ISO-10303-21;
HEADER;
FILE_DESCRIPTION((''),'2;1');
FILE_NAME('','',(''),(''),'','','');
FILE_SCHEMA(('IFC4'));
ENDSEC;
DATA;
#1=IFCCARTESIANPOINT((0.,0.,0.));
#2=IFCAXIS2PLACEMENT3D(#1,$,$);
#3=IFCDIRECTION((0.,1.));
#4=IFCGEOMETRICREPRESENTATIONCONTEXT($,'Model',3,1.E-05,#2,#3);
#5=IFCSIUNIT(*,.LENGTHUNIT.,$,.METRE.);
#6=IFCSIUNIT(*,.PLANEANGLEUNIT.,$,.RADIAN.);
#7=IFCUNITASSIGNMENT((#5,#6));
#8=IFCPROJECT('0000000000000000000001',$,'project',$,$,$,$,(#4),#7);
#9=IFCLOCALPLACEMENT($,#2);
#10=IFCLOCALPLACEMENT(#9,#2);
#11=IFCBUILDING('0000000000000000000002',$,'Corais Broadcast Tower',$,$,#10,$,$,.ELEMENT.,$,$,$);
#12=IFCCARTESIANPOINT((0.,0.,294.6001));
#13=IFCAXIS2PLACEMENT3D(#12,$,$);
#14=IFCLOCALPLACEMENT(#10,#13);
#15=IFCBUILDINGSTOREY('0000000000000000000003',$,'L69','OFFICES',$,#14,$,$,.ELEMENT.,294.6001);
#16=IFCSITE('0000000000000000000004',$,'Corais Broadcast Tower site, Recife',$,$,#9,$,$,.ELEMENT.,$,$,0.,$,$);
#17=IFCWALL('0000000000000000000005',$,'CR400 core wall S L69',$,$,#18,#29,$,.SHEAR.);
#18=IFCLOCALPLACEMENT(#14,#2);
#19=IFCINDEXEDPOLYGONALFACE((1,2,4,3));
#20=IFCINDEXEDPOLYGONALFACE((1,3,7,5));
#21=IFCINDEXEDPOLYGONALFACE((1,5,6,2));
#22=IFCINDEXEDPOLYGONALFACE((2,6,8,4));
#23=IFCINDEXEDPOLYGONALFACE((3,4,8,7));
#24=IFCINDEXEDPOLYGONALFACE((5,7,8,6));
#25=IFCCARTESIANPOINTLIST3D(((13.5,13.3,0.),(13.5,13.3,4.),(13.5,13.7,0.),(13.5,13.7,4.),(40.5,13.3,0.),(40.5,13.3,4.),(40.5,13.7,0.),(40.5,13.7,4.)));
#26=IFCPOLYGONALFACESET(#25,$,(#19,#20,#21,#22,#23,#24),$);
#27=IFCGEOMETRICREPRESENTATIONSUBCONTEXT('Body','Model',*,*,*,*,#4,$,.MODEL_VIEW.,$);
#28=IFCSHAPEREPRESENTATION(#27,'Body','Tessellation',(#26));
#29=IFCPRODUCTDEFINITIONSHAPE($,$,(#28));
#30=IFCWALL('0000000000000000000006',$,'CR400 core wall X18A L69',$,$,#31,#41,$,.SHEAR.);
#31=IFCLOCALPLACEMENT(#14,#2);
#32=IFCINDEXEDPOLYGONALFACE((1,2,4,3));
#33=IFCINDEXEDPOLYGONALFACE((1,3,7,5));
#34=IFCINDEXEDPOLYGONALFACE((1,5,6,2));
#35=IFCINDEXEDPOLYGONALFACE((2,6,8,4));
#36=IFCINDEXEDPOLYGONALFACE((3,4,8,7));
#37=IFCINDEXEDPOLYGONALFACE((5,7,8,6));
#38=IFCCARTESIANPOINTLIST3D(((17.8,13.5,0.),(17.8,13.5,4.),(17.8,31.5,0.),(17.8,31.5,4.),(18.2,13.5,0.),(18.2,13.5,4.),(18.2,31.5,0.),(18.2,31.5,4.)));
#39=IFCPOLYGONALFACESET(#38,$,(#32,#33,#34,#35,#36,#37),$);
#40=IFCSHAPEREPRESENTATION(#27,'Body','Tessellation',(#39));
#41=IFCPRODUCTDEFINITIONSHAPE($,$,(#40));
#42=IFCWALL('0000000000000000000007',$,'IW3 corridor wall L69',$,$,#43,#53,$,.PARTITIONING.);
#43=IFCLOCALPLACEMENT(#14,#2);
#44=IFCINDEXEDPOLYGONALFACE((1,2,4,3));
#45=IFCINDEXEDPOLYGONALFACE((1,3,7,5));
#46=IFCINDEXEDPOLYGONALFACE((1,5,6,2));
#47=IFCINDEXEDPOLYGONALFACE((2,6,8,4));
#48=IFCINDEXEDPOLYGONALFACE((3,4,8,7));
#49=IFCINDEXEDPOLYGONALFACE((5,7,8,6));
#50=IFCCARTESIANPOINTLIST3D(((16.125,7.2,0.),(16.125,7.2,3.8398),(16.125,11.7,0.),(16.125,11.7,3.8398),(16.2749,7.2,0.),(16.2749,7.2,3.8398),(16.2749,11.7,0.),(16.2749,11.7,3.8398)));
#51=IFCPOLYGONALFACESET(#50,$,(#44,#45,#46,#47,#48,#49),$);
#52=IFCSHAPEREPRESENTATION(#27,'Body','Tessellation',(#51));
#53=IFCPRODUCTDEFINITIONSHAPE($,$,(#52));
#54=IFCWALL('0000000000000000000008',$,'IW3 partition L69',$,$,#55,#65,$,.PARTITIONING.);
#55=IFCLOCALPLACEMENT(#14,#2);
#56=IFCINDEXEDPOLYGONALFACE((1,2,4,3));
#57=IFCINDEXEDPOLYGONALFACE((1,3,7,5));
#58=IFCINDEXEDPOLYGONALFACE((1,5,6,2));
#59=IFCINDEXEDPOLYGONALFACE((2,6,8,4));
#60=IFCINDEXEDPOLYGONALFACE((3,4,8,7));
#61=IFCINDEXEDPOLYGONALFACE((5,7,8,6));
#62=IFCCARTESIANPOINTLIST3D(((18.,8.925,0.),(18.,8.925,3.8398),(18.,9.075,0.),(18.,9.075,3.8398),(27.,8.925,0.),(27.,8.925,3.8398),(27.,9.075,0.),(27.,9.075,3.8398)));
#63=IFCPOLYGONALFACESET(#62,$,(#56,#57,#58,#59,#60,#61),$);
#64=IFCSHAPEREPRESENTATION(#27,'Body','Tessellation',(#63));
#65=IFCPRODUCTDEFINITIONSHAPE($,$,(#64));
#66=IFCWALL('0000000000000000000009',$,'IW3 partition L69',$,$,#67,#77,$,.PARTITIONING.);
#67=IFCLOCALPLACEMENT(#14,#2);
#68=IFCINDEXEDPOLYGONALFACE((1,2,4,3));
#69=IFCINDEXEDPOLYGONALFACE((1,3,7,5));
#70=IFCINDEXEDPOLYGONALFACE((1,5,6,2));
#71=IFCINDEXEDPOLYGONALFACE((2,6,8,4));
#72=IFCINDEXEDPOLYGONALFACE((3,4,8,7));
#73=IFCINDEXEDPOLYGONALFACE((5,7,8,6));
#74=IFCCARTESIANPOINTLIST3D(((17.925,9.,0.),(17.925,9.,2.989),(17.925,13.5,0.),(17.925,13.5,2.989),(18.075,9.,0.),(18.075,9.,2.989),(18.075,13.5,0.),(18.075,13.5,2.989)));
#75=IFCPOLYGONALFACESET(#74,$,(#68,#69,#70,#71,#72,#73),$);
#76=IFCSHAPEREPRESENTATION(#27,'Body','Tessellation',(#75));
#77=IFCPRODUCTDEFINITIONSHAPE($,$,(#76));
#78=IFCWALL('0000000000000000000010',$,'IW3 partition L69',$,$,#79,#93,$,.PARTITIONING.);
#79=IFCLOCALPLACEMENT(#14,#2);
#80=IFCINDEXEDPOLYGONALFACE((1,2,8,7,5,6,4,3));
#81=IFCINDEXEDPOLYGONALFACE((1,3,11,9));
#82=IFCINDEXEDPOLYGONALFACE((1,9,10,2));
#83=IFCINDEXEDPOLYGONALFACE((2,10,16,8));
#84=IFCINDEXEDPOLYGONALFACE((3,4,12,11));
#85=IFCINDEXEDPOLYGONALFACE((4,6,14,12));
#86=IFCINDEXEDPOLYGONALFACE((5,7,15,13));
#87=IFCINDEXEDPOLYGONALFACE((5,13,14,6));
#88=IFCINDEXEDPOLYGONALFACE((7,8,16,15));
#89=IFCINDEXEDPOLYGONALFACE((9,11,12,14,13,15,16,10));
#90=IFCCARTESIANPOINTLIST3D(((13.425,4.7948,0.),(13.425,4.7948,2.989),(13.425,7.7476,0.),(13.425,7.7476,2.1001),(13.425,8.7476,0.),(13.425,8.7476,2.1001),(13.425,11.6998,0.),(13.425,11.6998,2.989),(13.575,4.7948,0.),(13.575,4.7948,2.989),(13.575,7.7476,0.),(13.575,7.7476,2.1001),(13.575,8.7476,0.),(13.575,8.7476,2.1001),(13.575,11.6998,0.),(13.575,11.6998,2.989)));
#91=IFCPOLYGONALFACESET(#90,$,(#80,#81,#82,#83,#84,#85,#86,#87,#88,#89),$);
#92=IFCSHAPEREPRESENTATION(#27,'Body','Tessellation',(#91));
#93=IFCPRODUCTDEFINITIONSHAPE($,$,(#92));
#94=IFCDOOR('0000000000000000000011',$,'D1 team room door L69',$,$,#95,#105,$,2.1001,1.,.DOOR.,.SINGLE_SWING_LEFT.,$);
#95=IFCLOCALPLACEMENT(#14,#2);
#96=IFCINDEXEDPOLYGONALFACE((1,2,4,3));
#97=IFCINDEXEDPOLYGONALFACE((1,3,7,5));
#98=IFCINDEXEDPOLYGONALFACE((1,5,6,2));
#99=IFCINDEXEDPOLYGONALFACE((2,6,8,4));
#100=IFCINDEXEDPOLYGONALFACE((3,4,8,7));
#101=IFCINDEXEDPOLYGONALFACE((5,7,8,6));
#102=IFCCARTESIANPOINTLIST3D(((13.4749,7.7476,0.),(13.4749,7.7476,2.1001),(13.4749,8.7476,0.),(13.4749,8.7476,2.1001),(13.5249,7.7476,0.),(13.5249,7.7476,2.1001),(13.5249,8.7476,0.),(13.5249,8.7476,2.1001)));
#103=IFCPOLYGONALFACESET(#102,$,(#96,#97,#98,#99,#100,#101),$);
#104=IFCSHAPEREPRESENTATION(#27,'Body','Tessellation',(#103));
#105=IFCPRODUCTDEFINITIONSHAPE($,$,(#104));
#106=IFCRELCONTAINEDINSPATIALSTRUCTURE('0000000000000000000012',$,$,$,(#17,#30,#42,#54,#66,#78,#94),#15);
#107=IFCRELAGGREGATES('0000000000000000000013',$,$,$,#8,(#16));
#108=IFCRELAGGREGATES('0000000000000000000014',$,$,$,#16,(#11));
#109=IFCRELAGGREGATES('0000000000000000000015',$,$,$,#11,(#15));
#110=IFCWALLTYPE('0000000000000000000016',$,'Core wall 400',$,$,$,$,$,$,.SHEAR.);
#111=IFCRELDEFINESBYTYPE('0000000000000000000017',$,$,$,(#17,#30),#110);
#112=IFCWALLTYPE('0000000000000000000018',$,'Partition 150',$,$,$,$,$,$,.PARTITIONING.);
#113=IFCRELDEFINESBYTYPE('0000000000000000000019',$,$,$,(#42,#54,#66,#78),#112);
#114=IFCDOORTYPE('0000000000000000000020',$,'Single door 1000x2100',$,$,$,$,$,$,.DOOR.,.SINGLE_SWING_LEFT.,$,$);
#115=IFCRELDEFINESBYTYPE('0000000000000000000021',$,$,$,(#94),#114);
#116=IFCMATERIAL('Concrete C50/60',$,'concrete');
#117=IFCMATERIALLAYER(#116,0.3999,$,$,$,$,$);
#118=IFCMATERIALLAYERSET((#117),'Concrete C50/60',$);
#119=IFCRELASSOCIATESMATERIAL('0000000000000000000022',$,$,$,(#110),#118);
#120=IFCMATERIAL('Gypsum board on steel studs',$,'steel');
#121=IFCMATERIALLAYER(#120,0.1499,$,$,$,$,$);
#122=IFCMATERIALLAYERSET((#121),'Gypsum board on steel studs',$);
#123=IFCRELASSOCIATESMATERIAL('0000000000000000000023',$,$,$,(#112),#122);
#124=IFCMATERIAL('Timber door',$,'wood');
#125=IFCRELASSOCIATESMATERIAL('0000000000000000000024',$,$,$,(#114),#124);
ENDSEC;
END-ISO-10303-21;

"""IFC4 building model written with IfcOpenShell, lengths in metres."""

from ifc_helpers import new_model, si_unit, direction, frame, frame_2d, origin, place, context, subcontext, project, spatial, rectangle, extrude, material, layer, layer_set, type_object, element, fill, save


model = new_model("IFC4")

# Units and contexts
model_context = context("Model", 3, precision=1e-05, world=origin(), true_north=direction((0.0, 1.0)))
body_context = subcontext(model_context, "Body", "Model", "MODEL_VIEW")
ifc_project = project(units=[si_unit("LENGTHUNIT", "METRE"), si_unit("PLANEANGLEUNIT", "RADIAN")], contexts=[model_context])

# Site, building, storey
site_placement = place(None, origin())
site = spatial("IfcSite", under=ifc_project, at=site_placement, Name="Corais Broadcast Tower site, Recife", CompositionType="ELEMENT", RefElevation=0.0)
building_placement = place(site_placement, origin())
building = spatial("IfcBuilding", under=site, at=building_placement, Name="Corais Broadcast Tower", CompositionType="ELEMENT")
storey_placement = place(building_placement, frame((0.0, 0.0, 294.6001)))
storey = spatial("IfcBuildingStorey", under=building, at=storey_placement, Name="L69", Description="OFFICES", CompositionType="ELEMENT", Elevation=294.6001)

# Walls
ifc_material_1 = material(Name="Concrete C50/60", Category="concrete")
ifc_layer_1 = layer(ifc_material_1, 0.3999)
ifc_layer_set_1 = layer_set([ifc_layer_1], Name="Concrete C50/60")
wall_type_1 = type_object("IfcWallType", Name="Core wall 400", PredefinedType="SHEAR", material=ifc_layer_set_1)
wall_1_placement = place(storey_placement, frame((13.5, 13.5, 0.0), z_axis=(0.0, 0.0, 1.0), x_axis=(1.0, 0.0, 0.0)))
element("IfcWall", 1, at=wall_1_placement, inside=storey, type_object=wall_type_1, Name="CR400 core wall S L69", PredefinedType="SHEAR", context=body_context, shape_type="SweptSolid", body=[
    extrude(rectangle(XDim=27.0, YDim=0.3999, at=frame_2d((13.5, 0.0))), origin(), (0.0, 0.0, 1.0), 4.0),
])
wall_2_placement = place(storey_placement, frame((18.0, 13.5, 0.0), z_axis=(0.0, 0.0, 1.0), x_axis=(0.0, 1.0, 0.0)))
element("IfcWall", 2, at=wall_2_placement, inside=storey, type_object=wall_type_1, Name="CR400 core wall X18A L69", PredefinedType="SHEAR", context=body_context, shape_type="SweptSolid", body=[
    extrude(rectangle(XDim=18.0, YDim=0.3999, at=frame_2d((9.0, 0.0))), origin(), (0.0, 0.0, 1.0), 4.0),
])
ifc_material_2 = material(Name="Gypsum board on steel studs", Category="steel")
ifc_layer_2 = layer(ifc_material_2, 0.1499)
ifc_layer_set_2 = layer_set([ifc_layer_2], Name="Gypsum board on steel studs")
wall_type_2 = type_object("IfcWallType", Name="Partition 150", PredefinedType="PARTITIONING", material=ifc_layer_set_2)
wall_3_placement = place(storey_placement, frame((16.2, 11.7, 0.0), z_axis=(0.0, 0.0, 1.0), x_axis=(0.0, -1.0, 0.0)))
element("IfcWall", 3, at=wall_3_placement, inside=storey, type_object=wall_type_2, Name="IW3 corridor wall L69", PredefinedType="PARTITIONING", context=body_context, shape_type="SweptSolid", body=[
    extrude(rectangle(XDim=4.5, YDim=0.1499, at=frame_2d((2.25, 0.0))), origin(), (0.0, 0.0, 1.0), 3.8398),
])
wall_4_placement = place(storey_placement, frame((18.0, 9.0, 0.0), z_axis=(0.0, 0.0, 1.0), x_axis=(1.0, 0.0, 0.0)))
element("IfcWall", 4, at=wall_4_placement, inside=storey, type_object=wall_type_2, Name="IW3 partition L69", PredefinedType="PARTITIONING", context=body_context, shape_type="SweptSolid", body=[
    extrude(rectangle(XDim=9.0, YDim=0.1499, at=frame_2d((4.5, 0.0))), origin(), (0.0, 0.0, 1.0), 3.8398),
])
wall_5_placement = place(storey_placement, frame((18.0, 13.5, 0.0), z_axis=(0.0, 0.0, 1.0), x_axis=(0.0, -1.0, 0.0)))
element("IfcWall", 5, at=wall_5_placement, inside=storey, type_object=wall_type_2, Name="IW3 partition L69", PredefinedType="PARTITIONING", context=body_context, shape_type="SweptSolid", body=[
    extrude(rectangle(XDim=4.5, YDim=0.1499, at=frame_2d((2.25, 0.0))), origin(), (0.0, 0.0, 1.0), 2.989),
])

# Wall, opening, door
wall_6_placement = place(storey_placement, frame((13.5, 11.7, 0.0), z_axis=(0.0, 0.0, 1.0), x_axis=(0.0, -1.0, 0.0)))
wall_6 = element("IfcWall", 6, at=wall_6_placement, inside=storey, type_object=wall_type_2, Name="IW3 partition L69", PredefinedType="PARTITIONING", context=body_context, shape_type="SweptSolid", body=[
    extrude(rectangle(XDim=6.905, YDim=0.1499, at=frame_2d((3.4526, 0.0))), origin(), (0.0, 0.0, 1.0), 2.989),
])
opening_placement = place(wall_6_placement, frame((2.9524, 0.0, 0.0)))
opening = element("IfcOpeningElement", 7, at=opening_placement, cuts=wall_6, PredefinedType="OPENING", context=body_context, shape_type="SweptSolid", body=[
    extrude(rectangle(XDim=1.0, YDim=2.1001, at=frame_2d((0.5, 1.05))), frame((0.0, 0.085, 0.0), z_axis=(0.0, -1.0, 0.0), x_axis=(1.0, 0.0, 0.0)), (0.0, 0.0, 1.0), 0.1699),
])
ifc_material_3 = material(Name="Timber door", Category="wood")
door_type = type_object("IfcDoorType", Name="Single door 1000x2100", OperationType="SINGLE_SWING_LEFT", PredefinedType="DOOR", material=ifc_material_3)
door_placement = place(opening_placement, origin())
door = element("IfcDoor", 8, at=door_placement, inside=storey, type_object=door_type, Name="D1 team room door L69", OperationType="SINGLE_SWING_LEFT", OverallHeight=2.1001, OverallWidth=1.0, PredefinedType="DOOR", context=body_context, shape_type="SweptSolid", body=[
    extrude(rectangle(XDim=1.0, YDim=2.1001, at=frame_2d((0.5, 1.05))), frame((0.0, 0.0249, 0.0), z_axis=(0.0, -1.0, 0.0), x_axis=(1.0, 0.0, 0.0)), (0.0, 0.0, 1.0), 0.05),
])
fill(opening, door)

save(model, "model.ifc")
